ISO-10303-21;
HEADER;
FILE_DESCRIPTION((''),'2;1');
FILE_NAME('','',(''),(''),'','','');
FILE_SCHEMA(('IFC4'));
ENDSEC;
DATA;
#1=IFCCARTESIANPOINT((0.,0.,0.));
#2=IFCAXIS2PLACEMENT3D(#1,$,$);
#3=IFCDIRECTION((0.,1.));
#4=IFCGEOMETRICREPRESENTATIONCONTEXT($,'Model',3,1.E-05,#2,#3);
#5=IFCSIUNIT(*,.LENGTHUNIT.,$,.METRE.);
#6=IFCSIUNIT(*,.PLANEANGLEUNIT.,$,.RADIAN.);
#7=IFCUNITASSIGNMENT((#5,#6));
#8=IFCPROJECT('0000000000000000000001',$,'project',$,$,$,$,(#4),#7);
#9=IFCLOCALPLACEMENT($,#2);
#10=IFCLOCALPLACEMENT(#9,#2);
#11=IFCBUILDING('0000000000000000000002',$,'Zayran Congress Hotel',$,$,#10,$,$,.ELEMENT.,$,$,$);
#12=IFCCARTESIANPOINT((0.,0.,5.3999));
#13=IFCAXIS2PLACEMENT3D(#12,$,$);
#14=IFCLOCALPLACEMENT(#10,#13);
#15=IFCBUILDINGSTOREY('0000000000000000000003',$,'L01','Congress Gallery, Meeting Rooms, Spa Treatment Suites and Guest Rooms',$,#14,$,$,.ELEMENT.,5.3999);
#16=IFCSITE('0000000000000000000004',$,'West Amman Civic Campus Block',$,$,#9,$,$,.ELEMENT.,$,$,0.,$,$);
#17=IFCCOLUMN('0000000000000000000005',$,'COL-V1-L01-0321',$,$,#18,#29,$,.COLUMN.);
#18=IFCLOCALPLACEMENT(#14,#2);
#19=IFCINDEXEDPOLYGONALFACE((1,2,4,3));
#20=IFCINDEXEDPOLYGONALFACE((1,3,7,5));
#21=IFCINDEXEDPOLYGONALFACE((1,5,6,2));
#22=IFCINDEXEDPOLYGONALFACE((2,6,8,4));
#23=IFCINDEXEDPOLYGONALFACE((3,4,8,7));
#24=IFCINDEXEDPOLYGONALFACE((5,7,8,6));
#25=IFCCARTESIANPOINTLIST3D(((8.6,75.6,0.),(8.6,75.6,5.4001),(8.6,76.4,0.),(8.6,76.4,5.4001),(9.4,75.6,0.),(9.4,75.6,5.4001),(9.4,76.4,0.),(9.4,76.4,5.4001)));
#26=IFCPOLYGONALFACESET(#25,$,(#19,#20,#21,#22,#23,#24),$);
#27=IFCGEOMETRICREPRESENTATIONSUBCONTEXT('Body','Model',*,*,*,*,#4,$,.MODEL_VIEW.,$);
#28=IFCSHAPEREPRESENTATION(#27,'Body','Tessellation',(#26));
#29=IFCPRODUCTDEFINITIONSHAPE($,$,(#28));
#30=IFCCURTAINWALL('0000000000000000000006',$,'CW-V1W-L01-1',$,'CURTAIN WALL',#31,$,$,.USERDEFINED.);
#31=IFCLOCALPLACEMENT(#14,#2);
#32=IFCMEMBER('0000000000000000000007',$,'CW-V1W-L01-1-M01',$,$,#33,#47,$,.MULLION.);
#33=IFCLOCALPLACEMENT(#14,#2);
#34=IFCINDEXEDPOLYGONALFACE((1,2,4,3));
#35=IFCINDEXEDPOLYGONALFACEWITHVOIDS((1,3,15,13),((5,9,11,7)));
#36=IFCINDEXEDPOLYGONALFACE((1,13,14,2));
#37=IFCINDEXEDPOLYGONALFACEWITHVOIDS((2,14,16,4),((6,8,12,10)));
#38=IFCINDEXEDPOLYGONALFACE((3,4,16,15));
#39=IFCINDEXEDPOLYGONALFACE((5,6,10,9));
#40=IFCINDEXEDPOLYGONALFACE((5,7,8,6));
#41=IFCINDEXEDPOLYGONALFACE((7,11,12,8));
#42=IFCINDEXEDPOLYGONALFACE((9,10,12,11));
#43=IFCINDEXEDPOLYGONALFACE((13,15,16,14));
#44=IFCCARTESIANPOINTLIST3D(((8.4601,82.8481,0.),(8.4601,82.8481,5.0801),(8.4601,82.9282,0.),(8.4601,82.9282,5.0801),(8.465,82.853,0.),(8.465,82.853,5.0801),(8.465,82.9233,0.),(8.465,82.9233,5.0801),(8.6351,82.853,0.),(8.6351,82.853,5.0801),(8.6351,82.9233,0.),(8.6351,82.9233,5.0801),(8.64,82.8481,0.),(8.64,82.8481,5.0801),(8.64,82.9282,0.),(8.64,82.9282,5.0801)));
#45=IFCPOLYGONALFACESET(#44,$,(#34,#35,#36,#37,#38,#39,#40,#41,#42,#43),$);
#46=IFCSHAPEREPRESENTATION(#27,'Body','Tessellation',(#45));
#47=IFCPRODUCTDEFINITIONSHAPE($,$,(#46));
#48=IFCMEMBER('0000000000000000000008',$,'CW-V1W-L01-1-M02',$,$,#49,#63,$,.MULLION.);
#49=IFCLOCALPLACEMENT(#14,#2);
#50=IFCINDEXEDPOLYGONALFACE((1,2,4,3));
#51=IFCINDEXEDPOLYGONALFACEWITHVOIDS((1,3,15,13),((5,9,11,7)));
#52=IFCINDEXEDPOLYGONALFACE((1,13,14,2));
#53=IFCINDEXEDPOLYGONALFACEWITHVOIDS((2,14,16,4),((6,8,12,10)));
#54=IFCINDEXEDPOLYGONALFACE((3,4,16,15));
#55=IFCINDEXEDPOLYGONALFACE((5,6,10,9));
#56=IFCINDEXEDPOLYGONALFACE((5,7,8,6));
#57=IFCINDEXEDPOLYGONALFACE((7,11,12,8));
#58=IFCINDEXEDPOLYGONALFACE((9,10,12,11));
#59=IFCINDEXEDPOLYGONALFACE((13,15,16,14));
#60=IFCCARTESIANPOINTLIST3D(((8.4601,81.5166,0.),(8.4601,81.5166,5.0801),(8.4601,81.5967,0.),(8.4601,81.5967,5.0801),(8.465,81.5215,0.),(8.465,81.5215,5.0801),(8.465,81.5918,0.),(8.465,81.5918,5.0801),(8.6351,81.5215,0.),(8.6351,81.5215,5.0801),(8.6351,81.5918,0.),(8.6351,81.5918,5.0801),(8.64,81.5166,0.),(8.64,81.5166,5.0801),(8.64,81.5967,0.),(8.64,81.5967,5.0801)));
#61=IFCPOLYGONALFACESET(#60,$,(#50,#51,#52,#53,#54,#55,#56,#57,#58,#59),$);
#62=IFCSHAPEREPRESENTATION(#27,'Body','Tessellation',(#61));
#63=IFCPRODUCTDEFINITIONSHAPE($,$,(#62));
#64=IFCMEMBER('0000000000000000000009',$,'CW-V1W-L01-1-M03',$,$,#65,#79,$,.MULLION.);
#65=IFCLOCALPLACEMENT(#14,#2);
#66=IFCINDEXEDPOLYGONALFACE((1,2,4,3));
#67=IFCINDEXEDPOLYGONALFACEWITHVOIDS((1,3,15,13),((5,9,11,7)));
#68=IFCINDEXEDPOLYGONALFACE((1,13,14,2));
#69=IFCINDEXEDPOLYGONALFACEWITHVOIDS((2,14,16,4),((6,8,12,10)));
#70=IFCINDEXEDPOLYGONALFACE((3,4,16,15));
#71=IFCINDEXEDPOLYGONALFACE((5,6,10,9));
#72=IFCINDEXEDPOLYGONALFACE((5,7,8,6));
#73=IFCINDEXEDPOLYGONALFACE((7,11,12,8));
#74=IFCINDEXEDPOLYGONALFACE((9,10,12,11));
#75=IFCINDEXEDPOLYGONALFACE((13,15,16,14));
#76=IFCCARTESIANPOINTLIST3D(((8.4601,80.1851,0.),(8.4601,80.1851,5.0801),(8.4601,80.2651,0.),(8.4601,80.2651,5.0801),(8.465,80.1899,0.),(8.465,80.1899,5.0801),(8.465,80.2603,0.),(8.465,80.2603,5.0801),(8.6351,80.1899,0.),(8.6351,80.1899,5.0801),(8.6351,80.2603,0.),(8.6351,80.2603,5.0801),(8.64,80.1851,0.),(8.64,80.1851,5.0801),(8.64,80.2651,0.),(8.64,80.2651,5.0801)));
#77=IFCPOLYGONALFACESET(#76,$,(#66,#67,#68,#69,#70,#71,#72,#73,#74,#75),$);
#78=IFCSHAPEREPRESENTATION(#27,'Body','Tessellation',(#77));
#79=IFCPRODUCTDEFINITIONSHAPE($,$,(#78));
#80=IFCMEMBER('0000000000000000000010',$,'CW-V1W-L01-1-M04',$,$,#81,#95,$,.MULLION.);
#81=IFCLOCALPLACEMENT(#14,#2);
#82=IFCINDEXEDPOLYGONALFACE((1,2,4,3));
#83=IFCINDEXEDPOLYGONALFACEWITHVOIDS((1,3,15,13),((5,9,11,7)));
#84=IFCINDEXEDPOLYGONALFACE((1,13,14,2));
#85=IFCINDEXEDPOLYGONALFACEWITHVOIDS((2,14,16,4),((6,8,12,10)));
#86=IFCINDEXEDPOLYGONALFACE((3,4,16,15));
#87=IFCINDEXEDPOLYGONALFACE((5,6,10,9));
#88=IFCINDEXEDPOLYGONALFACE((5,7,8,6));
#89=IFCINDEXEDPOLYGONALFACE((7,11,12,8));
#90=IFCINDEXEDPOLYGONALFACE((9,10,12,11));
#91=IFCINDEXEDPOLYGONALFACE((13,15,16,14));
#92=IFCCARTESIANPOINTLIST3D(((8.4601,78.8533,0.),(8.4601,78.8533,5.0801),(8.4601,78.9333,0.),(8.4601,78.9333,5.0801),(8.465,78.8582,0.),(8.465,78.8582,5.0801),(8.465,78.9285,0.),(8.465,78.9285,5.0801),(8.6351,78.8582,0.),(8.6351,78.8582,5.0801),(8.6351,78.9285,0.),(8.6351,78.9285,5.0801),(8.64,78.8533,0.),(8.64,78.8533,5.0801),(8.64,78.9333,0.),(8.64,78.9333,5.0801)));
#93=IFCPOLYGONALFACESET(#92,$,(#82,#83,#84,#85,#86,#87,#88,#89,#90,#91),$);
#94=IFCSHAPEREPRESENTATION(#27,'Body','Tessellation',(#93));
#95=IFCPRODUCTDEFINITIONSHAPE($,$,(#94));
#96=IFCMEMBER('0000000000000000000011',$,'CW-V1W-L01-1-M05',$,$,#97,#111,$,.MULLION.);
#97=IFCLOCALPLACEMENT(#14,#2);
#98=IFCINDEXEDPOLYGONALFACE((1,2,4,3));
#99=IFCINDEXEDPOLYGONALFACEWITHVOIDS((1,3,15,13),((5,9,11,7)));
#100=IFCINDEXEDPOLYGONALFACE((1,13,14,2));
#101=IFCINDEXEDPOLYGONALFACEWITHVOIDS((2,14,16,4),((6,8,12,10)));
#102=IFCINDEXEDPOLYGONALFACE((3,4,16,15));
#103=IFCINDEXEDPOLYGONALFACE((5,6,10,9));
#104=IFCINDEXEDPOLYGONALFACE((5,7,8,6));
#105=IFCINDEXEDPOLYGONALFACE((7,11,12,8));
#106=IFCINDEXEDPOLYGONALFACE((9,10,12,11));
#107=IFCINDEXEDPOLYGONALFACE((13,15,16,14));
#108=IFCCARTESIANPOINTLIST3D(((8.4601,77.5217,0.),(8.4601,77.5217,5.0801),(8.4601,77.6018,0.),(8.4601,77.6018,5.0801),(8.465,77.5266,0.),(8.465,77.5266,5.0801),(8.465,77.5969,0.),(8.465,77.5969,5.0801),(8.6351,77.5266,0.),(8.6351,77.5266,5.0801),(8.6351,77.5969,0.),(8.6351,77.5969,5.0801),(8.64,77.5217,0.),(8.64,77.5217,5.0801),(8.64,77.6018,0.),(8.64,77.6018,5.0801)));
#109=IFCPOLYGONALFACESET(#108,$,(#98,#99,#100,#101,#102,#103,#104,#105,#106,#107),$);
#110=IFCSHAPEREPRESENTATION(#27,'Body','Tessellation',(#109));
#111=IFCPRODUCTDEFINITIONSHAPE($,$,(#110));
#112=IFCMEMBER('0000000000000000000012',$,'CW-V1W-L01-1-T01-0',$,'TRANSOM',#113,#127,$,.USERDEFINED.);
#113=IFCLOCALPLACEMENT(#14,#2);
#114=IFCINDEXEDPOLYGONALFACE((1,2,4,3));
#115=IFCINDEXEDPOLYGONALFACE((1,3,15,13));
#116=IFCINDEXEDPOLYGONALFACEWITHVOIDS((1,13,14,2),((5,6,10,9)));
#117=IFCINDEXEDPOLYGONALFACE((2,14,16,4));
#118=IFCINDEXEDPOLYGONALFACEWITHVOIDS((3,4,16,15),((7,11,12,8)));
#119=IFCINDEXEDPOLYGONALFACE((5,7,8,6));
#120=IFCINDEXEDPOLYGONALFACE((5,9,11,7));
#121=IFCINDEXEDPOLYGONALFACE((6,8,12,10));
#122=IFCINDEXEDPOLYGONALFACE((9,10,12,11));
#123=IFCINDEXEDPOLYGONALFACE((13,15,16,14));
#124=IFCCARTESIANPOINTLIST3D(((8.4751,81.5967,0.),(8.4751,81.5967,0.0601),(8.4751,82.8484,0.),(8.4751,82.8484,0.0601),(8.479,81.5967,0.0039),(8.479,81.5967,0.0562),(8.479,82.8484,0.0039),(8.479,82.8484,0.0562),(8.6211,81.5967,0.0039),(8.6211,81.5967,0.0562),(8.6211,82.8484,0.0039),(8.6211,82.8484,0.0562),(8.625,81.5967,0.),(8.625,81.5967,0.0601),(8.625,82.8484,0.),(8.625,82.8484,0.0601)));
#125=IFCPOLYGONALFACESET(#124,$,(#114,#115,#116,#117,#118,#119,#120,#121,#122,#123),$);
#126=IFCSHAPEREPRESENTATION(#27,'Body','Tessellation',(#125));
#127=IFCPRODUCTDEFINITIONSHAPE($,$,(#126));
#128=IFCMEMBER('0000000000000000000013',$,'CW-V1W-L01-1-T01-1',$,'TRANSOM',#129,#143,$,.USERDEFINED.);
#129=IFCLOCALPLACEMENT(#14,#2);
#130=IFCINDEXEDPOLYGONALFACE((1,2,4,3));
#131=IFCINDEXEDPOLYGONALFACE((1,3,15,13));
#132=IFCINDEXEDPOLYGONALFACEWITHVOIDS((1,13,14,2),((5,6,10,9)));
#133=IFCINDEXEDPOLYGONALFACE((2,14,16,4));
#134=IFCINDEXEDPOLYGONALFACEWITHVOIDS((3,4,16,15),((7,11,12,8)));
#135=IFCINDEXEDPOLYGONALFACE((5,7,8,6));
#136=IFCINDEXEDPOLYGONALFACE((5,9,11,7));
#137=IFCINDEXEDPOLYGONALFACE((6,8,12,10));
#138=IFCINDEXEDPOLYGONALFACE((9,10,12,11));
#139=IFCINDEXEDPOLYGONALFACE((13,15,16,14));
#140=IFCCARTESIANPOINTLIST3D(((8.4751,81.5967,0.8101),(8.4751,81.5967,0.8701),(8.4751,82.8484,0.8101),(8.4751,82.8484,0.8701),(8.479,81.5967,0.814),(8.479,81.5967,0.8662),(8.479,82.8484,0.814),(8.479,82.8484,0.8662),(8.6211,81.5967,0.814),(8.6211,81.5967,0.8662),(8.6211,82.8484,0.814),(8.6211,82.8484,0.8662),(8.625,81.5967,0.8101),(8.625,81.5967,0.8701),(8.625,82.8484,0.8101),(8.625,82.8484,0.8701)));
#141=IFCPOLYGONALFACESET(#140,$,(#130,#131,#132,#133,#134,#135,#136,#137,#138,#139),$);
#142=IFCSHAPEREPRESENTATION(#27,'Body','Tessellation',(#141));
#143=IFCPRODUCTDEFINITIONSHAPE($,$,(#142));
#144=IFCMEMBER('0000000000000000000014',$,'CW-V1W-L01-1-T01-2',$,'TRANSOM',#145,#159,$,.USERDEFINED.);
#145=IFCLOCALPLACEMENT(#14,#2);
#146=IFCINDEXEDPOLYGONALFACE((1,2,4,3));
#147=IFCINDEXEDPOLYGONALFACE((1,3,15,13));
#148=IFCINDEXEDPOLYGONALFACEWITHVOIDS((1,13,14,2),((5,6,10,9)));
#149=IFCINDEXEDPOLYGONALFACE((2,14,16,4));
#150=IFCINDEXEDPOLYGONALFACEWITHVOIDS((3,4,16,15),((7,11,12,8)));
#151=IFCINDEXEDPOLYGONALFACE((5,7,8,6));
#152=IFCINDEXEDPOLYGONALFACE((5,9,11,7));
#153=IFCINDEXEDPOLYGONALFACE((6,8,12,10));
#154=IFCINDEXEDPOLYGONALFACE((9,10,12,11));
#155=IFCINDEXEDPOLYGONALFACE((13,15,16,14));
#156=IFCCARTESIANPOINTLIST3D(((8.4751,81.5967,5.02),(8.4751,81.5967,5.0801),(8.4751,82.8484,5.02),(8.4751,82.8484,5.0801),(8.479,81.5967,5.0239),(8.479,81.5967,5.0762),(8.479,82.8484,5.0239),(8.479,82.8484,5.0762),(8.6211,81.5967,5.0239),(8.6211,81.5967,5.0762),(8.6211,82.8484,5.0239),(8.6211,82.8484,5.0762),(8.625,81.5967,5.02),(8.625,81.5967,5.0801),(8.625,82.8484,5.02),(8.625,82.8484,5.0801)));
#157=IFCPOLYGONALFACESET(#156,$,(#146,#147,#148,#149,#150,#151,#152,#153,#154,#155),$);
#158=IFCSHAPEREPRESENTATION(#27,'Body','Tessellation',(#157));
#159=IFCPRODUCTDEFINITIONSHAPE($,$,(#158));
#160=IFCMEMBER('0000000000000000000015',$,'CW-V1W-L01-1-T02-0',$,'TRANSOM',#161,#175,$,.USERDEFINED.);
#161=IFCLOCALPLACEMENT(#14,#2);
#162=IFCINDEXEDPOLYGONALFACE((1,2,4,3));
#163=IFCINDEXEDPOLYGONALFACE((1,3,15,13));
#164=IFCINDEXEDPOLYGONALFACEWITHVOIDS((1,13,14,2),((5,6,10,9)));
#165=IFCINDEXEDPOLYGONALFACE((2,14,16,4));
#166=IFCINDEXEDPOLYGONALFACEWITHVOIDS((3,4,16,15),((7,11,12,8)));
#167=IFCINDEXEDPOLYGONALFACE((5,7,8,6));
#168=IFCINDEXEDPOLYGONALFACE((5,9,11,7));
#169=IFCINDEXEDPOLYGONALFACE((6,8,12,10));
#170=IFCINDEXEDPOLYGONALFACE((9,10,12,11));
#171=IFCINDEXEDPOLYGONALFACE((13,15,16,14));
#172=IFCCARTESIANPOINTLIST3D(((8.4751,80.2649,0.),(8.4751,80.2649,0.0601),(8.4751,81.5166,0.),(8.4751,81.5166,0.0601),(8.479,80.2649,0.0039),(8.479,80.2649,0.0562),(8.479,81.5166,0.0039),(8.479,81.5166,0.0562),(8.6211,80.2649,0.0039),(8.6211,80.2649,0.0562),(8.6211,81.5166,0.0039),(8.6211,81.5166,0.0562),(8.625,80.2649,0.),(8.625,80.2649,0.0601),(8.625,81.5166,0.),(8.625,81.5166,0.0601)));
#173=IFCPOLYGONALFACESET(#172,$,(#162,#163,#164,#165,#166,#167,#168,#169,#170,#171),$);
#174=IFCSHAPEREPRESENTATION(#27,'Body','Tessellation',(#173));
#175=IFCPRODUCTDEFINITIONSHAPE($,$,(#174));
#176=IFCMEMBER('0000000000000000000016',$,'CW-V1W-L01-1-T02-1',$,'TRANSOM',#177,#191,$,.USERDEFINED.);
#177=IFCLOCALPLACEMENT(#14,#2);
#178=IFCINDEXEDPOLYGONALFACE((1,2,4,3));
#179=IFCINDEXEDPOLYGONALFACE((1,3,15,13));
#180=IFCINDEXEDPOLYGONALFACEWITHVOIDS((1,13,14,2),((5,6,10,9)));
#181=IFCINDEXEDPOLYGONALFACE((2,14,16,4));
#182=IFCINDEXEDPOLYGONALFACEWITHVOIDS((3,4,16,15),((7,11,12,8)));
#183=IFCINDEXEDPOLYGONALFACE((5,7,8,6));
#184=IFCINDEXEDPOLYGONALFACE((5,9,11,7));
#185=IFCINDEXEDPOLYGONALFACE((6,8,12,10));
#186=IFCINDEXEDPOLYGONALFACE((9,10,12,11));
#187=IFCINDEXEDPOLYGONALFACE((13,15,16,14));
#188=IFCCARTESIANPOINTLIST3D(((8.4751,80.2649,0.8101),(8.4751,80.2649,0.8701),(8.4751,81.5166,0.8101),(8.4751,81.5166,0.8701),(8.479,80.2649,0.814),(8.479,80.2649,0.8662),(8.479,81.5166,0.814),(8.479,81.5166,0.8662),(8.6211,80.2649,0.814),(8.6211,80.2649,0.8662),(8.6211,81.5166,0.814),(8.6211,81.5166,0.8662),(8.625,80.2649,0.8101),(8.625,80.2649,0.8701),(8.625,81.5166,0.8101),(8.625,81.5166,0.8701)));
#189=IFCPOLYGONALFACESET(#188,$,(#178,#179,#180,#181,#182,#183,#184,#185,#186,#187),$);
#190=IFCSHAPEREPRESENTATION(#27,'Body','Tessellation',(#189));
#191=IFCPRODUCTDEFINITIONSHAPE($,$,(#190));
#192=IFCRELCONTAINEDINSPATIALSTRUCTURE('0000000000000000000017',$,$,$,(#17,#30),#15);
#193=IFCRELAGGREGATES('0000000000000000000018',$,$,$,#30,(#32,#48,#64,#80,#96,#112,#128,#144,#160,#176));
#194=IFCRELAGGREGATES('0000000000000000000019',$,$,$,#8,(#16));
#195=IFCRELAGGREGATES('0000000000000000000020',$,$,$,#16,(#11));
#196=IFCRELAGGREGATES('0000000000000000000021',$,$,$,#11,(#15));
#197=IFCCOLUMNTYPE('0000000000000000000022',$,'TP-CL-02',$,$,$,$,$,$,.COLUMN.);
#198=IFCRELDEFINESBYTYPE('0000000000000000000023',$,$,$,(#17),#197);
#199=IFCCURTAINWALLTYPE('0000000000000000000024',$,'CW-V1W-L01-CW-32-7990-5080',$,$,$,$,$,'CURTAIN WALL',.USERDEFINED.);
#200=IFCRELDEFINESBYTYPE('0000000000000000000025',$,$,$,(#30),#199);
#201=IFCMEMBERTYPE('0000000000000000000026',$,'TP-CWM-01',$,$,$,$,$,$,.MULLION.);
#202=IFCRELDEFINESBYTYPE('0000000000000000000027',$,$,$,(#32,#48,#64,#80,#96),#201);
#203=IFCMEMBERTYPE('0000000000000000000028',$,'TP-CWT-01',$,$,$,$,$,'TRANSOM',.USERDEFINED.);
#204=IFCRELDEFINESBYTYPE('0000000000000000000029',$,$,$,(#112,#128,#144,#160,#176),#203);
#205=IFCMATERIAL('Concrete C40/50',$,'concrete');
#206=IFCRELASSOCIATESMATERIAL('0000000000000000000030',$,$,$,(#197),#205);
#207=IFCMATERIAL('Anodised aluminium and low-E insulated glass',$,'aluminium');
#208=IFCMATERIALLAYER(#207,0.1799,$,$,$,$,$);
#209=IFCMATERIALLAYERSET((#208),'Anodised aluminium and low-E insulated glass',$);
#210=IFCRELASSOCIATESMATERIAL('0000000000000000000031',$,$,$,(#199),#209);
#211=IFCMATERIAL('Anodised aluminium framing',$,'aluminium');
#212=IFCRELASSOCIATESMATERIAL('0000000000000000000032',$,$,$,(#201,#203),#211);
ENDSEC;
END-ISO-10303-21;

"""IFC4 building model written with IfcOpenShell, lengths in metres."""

from ifc_helpers import new_model, si_unit, direction, frame, origin, origin_2d, place, context, subcontext, project, spatial, rectangle, hollow_rectangle, extrude, material, layer, layer_set, material_profile, profile_set, type_object, element, aggregate, save


model = new_model("IFC4")

# Units and contexts
model_context = context("Model", 3, precision=1e-05, world=origin(), true_north=direction((0.0, 1.0)))
body_context = subcontext(model_context, "Body", "Model", "MODEL_VIEW")
ifc_project = project(units=[si_unit("LENGTHUNIT", "METRE"), si_unit("PLANEANGLEUNIT", "RADIAN")], contexts=[model_context])

# Site, building, storey
site_placement = place(None, origin())
site = spatial("IfcSite", under=ifc_project, at=site_placement, Name="West Amman Civic Campus Block", CompositionType="ELEMENT", RefElevation=0.0)
building_placement = place(site_placement, origin())
building = spatial("IfcBuilding", under=site, at=building_placement, Name="Zayran Congress Hotel", CompositionType="ELEMENT")
storey_placement = place(building_placement, frame((0.0, 0.0, 5.3999)))
storey = spatial("IfcBuildingStorey", under=building, at=storey_placement, Name="L01", Description="Congress Gallery, Meeting Rooms, Spa Treatment Suites and Guest Rooms", CompositionType="ELEMENT", Elevation=5.3999)

# Column
ifc_material_1 = material(Name="Concrete C40/50", Category="concrete")
ifc_material_profile_1 = material_profile(ifc_material_1, rectangle(XDim=0.8, YDim=0.8, at=origin_2d()), Name="RC 800x800")
ifc_profile_set_1 = profile_set([ifc_material_profile_1], Name="Concrete C40/50")
column_type = type_object("IfcColumnType", Name="TP-CL-02", PredefinedType="COLUMN", material=ifc_profile_set_1)
column_placement = place(storey_placement, frame((9.0, 76.0, 0.0), z_axis=(0.0, 0.0, 1.0), x_axis=(1.0, 0.0, 0.0)))
element("IfcColumn", 1, at=column_placement, inside=storey, type_object=column_type, Name="COL-V1-L01-0321", PredefinedType="COLUMN", context=body_context, shape_type="SweptSolid", body=[
    extrude(rectangle(XDim=0.8, YDim=0.8, at=origin_2d()), origin(), (0.0, 0.0, 1.0), 5.4001),
])

# Curtain wall, members
ifc_material_2 = material(Name="Anodised aluminium and low-E insulated glass", Category="aluminium")
ifc_layer_1 = layer(ifc_material_2, 0.1799)
ifc_layer_set_1 = layer_set([ifc_layer_1], Name="Anodised aluminium and low-E insulated glass")
curtain_wall_type = type_object("IfcCurtainWallType", Name="CW-V1W-L01-CW-32-7990-5080", ElementType="CURTAIN WALL", PredefinedType="USERDEFINED", material=ifc_layer_set_1)
curtain_wall_placement = place(storey_placement, origin())
curtain_wall = element("IfcCurtainWall", 2, at=curtain_wall_placement, inside=storey, type_object=curtain_wall_type, Name="CW-V1W-L01-1", ObjectType="CURTAIN WALL", PredefinedType="USERDEFINED")
ifc_material_3 = material(Name="Anodised aluminium framing", Category="aluminium")
ifc_material_profile_2 = material_profile(ifc_material_3, hollow_rectangle(XDim=0.0801, YDim=0.1799, WallThickness=0.0049, at=origin_2d()), Name="RHS 180x80x5")
ifc_profile_set_2 = profile_set([ifc_material_profile_2], Name="Anodised aluminium framing")
member_type_1 = type_object("IfcMemberType", Name="TP-CWM-01", PredefinedType="MULLION", material=ifc_profile_set_2)
member_1_placement = place(storey_placement, frame((8.55, 82.8882, 0.0), z_axis=(0.0, 0.0, 1.0), x_axis=(0.0, 1.0, 0.0)))
member_1 = element("IfcMember", 3, at=member_1_placement, type_object=member_type_1, Name="CW-V1W-L01-1-M01", PredefinedType="MULLION", context=body_context, shape_type="SweptSolid", body=[
    extrude(hollow_rectangle(XDim=0.0801, YDim=0.1799, WallThickness=0.0049, at=origin_2d()), origin(), (0.0, 0.0, 1.0), 5.0801),
])
member_2_placement = place(storey_placement, frame((8.55, 81.5566, 0.0), z_axis=(0.0, 0.0, 1.0), x_axis=(0.0, 1.0, 0.0)))
member_2 = element("IfcMember", 4, at=member_2_placement, type_object=member_type_1, Name="CW-V1W-L01-1-M02", PredefinedType="MULLION", context=body_context, shape_type="SweptSolid", body=[
    extrude(hollow_rectangle(XDim=0.0801, YDim=0.1799, WallThickness=0.0049, at=origin_2d()), origin(), (0.0, 0.0, 1.0), 5.0801),
])
member_3_placement = place(storey_placement, frame((8.55, 80.2251, 0.0), z_axis=(0.0, 0.0, 1.0), x_axis=(0.0, 1.0, 0.0)))
member_3 = element("IfcMember", 5, at=member_3_placement, type_object=member_type_1, Name="CW-V1W-L01-1-M03", PredefinedType="MULLION", context=body_context, shape_type="SweptSolid", body=[
    extrude(hollow_rectangle(XDim=0.0801, YDim=0.1799, WallThickness=0.0049, at=origin_2d()), origin(), (0.0, 0.0, 1.0), 5.0801),
])
member_4_placement = place(storey_placement, frame((8.55, 78.8933, 0.0), z_axis=(0.0, 0.0, 1.0), x_axis=(0.0, 1.0, 0.0)))
member_4 = element("IfcMember", 6, at=member_4_placement, type_object=member_type_1, Name="CW-V1W-L01-1-M04", PredefinedType="MULLION", context=body_context, shape_type="SweptSolid", body=[
    extrude(hollow_rectangle(XDim=0.0801, YDim=0.1799, WallThickness=0.0049, at=origin_2d()), origin(), (0.0, 0.0, 1.0), 5.0801),
])
member_5_placement = place(storey_placement, frame((8.55, 77.5618, 0.0), z_axis=(0.0, 0.0, 1.0), x_axis=(0.0, 1.0, 0.0)))
member_5 = element("IfcMember", 7, at=member_5_placement, type_object=member_type_1, Name="CW-V1W-L01-1-M05", PredefinedType="MULLION", context=body_context, shape_type="SweptSolid", body=[
    extrude(hollow_rectangle(XDim=0.0801, YDim=0.1799, WallThickness=0.0049, at=origin_2d()), origin(), (0.0, 0.0, 1.0), 5.0801),
])
ifc_material_profile_3 = material_profile(ifc_material_3, hollow_rectangle(XDim=0.0601, YDim=0.1499, WallThickness=0.0039, at=origin_2d()), Name="RHS 150x60x4")
ifc_profile_set_3 = profile_set([ifc_material_profile_3], Name="Anodised aluminium framing")
member_type_2 = type_object("IfcMemberType", Name="TP-CWT-01", ElementType="TRANSOM", PredefinedType="USERDEFINED", material=ifc_profile_set_3)
member_6_placement = place(storey_placement, frame((8.55, 82.8484, 0.03), z_axis=(0.0, -1.0, 0.0), x_axis=(0.0, 0.0, 1.0)))
member_6 = element("IfcMember", 8, at=member_6_placement, type_object=member_type_2, Name="CW-V1W-L01-1-T01-0", ObjectType="TRANSOM", PredefinedType="USERDEFINED", context=body_context, shape_type="SweptSolid", body=[
    extrude(hollow_rectangle(XDim=0.0601, YDim=0.1499, WallThickness=0.0039, at=origin_2d()), origin(), (0.0, 0.0, 1.0), 1.2517),
])
member_7_placement = place(storey_placement, frame((8.55, 82.8484, 0.8401), z_axis=(0.0, -1.0, 0.0), x_axis=(0.0, 0.0, 1.0)))
member_7 = element("IfcMember", 9, at=member_7_placement, type_object=member_type_2, Name="CW-V1W-L01-1-T01-1", ObjectType="TRANSOM", PredefinedType="USERDEFINED", context=body_context, shape_type="SweptSolid", body=[
    extrude(hollow_rectangle(XDim=0.0601, YDim=0.1499, WallThickness=0.0039, at=origin_2d()), origin(), (0.0, 0.0, 1.0), 1.2517),
])
member_8_placement = place(storey_placement, frame((8.55, 82.8484, 5.05), z_axis=(0.0, -1.0, 0.0), x_axis=(0.0, 0.0, 1.0)))
member_8 = element("IfcMember", 10, at=member_8_placement, type_object=member_type_2, Name="CW-V1W-L01-1-T01-2", ObjectType="TRANSOM", PredefinedType="USERDEFINED", context=body_context, shape_type="SweptSolid", body=[
    extrude(hollow_rectangle(XDim=0.0601, YDim=0.1499, WallThickness=0.0039, at=origin_2d()), origin(), (0.0, 0.0, 1.0), 1.2517),
])
member_9_placement = place(storey_placement, frame((8.55, 81.5166, 0.03), z_axis=(0.0, -1.0, 0.0), x_axis=(0.0, 0.0, 1.0)))
member_9 = element("IfcMember", 11, at=member_9_placement, type_object=member_type_2, Name="CW-V1W-L01-1-T02-0", ObjectType="TRANSOM", PredefinedType="USERDEFINED", context=body_context, shape_type="SweptSolid", body=[
    extrude(hollow_rectangle(XDim=0.0601, YDim=0.1499, WallThickness=0.0039, at=origin_2d()), origin(), (0.0, 0.0, 1.0), 1.2517),
])
member_10_placement = place(storey_placement, frame((8.55, 81.5166, 0.8401), z_axis=(0.0, -1.0, 0.0), x_axis=(0.0, 0.0, 1.0)))
member_10 = element("IfcMember", 12, at=member_10_placement, type_object=member_type_2, Name="CW-V1W-L01-1-T02-1", ObjectType="TRANSOM", PredefinedType="USERDEFINED", context=body_context, shape_type="SweptSolid", body=[
    extrude(hollow_rectangle(XDim=0.0601, YDim=0.1499, WallThickness=0.0039, at=origin_2d()), origin(), (0.0, 0.0, 1.0), 1.2517),
])
aggregate(curtain_wall, [member_1, member_2, member_3, member_4, member_5, member_6, member_7, member_8, member_9, member_10])

save(model, "model.ifc")
